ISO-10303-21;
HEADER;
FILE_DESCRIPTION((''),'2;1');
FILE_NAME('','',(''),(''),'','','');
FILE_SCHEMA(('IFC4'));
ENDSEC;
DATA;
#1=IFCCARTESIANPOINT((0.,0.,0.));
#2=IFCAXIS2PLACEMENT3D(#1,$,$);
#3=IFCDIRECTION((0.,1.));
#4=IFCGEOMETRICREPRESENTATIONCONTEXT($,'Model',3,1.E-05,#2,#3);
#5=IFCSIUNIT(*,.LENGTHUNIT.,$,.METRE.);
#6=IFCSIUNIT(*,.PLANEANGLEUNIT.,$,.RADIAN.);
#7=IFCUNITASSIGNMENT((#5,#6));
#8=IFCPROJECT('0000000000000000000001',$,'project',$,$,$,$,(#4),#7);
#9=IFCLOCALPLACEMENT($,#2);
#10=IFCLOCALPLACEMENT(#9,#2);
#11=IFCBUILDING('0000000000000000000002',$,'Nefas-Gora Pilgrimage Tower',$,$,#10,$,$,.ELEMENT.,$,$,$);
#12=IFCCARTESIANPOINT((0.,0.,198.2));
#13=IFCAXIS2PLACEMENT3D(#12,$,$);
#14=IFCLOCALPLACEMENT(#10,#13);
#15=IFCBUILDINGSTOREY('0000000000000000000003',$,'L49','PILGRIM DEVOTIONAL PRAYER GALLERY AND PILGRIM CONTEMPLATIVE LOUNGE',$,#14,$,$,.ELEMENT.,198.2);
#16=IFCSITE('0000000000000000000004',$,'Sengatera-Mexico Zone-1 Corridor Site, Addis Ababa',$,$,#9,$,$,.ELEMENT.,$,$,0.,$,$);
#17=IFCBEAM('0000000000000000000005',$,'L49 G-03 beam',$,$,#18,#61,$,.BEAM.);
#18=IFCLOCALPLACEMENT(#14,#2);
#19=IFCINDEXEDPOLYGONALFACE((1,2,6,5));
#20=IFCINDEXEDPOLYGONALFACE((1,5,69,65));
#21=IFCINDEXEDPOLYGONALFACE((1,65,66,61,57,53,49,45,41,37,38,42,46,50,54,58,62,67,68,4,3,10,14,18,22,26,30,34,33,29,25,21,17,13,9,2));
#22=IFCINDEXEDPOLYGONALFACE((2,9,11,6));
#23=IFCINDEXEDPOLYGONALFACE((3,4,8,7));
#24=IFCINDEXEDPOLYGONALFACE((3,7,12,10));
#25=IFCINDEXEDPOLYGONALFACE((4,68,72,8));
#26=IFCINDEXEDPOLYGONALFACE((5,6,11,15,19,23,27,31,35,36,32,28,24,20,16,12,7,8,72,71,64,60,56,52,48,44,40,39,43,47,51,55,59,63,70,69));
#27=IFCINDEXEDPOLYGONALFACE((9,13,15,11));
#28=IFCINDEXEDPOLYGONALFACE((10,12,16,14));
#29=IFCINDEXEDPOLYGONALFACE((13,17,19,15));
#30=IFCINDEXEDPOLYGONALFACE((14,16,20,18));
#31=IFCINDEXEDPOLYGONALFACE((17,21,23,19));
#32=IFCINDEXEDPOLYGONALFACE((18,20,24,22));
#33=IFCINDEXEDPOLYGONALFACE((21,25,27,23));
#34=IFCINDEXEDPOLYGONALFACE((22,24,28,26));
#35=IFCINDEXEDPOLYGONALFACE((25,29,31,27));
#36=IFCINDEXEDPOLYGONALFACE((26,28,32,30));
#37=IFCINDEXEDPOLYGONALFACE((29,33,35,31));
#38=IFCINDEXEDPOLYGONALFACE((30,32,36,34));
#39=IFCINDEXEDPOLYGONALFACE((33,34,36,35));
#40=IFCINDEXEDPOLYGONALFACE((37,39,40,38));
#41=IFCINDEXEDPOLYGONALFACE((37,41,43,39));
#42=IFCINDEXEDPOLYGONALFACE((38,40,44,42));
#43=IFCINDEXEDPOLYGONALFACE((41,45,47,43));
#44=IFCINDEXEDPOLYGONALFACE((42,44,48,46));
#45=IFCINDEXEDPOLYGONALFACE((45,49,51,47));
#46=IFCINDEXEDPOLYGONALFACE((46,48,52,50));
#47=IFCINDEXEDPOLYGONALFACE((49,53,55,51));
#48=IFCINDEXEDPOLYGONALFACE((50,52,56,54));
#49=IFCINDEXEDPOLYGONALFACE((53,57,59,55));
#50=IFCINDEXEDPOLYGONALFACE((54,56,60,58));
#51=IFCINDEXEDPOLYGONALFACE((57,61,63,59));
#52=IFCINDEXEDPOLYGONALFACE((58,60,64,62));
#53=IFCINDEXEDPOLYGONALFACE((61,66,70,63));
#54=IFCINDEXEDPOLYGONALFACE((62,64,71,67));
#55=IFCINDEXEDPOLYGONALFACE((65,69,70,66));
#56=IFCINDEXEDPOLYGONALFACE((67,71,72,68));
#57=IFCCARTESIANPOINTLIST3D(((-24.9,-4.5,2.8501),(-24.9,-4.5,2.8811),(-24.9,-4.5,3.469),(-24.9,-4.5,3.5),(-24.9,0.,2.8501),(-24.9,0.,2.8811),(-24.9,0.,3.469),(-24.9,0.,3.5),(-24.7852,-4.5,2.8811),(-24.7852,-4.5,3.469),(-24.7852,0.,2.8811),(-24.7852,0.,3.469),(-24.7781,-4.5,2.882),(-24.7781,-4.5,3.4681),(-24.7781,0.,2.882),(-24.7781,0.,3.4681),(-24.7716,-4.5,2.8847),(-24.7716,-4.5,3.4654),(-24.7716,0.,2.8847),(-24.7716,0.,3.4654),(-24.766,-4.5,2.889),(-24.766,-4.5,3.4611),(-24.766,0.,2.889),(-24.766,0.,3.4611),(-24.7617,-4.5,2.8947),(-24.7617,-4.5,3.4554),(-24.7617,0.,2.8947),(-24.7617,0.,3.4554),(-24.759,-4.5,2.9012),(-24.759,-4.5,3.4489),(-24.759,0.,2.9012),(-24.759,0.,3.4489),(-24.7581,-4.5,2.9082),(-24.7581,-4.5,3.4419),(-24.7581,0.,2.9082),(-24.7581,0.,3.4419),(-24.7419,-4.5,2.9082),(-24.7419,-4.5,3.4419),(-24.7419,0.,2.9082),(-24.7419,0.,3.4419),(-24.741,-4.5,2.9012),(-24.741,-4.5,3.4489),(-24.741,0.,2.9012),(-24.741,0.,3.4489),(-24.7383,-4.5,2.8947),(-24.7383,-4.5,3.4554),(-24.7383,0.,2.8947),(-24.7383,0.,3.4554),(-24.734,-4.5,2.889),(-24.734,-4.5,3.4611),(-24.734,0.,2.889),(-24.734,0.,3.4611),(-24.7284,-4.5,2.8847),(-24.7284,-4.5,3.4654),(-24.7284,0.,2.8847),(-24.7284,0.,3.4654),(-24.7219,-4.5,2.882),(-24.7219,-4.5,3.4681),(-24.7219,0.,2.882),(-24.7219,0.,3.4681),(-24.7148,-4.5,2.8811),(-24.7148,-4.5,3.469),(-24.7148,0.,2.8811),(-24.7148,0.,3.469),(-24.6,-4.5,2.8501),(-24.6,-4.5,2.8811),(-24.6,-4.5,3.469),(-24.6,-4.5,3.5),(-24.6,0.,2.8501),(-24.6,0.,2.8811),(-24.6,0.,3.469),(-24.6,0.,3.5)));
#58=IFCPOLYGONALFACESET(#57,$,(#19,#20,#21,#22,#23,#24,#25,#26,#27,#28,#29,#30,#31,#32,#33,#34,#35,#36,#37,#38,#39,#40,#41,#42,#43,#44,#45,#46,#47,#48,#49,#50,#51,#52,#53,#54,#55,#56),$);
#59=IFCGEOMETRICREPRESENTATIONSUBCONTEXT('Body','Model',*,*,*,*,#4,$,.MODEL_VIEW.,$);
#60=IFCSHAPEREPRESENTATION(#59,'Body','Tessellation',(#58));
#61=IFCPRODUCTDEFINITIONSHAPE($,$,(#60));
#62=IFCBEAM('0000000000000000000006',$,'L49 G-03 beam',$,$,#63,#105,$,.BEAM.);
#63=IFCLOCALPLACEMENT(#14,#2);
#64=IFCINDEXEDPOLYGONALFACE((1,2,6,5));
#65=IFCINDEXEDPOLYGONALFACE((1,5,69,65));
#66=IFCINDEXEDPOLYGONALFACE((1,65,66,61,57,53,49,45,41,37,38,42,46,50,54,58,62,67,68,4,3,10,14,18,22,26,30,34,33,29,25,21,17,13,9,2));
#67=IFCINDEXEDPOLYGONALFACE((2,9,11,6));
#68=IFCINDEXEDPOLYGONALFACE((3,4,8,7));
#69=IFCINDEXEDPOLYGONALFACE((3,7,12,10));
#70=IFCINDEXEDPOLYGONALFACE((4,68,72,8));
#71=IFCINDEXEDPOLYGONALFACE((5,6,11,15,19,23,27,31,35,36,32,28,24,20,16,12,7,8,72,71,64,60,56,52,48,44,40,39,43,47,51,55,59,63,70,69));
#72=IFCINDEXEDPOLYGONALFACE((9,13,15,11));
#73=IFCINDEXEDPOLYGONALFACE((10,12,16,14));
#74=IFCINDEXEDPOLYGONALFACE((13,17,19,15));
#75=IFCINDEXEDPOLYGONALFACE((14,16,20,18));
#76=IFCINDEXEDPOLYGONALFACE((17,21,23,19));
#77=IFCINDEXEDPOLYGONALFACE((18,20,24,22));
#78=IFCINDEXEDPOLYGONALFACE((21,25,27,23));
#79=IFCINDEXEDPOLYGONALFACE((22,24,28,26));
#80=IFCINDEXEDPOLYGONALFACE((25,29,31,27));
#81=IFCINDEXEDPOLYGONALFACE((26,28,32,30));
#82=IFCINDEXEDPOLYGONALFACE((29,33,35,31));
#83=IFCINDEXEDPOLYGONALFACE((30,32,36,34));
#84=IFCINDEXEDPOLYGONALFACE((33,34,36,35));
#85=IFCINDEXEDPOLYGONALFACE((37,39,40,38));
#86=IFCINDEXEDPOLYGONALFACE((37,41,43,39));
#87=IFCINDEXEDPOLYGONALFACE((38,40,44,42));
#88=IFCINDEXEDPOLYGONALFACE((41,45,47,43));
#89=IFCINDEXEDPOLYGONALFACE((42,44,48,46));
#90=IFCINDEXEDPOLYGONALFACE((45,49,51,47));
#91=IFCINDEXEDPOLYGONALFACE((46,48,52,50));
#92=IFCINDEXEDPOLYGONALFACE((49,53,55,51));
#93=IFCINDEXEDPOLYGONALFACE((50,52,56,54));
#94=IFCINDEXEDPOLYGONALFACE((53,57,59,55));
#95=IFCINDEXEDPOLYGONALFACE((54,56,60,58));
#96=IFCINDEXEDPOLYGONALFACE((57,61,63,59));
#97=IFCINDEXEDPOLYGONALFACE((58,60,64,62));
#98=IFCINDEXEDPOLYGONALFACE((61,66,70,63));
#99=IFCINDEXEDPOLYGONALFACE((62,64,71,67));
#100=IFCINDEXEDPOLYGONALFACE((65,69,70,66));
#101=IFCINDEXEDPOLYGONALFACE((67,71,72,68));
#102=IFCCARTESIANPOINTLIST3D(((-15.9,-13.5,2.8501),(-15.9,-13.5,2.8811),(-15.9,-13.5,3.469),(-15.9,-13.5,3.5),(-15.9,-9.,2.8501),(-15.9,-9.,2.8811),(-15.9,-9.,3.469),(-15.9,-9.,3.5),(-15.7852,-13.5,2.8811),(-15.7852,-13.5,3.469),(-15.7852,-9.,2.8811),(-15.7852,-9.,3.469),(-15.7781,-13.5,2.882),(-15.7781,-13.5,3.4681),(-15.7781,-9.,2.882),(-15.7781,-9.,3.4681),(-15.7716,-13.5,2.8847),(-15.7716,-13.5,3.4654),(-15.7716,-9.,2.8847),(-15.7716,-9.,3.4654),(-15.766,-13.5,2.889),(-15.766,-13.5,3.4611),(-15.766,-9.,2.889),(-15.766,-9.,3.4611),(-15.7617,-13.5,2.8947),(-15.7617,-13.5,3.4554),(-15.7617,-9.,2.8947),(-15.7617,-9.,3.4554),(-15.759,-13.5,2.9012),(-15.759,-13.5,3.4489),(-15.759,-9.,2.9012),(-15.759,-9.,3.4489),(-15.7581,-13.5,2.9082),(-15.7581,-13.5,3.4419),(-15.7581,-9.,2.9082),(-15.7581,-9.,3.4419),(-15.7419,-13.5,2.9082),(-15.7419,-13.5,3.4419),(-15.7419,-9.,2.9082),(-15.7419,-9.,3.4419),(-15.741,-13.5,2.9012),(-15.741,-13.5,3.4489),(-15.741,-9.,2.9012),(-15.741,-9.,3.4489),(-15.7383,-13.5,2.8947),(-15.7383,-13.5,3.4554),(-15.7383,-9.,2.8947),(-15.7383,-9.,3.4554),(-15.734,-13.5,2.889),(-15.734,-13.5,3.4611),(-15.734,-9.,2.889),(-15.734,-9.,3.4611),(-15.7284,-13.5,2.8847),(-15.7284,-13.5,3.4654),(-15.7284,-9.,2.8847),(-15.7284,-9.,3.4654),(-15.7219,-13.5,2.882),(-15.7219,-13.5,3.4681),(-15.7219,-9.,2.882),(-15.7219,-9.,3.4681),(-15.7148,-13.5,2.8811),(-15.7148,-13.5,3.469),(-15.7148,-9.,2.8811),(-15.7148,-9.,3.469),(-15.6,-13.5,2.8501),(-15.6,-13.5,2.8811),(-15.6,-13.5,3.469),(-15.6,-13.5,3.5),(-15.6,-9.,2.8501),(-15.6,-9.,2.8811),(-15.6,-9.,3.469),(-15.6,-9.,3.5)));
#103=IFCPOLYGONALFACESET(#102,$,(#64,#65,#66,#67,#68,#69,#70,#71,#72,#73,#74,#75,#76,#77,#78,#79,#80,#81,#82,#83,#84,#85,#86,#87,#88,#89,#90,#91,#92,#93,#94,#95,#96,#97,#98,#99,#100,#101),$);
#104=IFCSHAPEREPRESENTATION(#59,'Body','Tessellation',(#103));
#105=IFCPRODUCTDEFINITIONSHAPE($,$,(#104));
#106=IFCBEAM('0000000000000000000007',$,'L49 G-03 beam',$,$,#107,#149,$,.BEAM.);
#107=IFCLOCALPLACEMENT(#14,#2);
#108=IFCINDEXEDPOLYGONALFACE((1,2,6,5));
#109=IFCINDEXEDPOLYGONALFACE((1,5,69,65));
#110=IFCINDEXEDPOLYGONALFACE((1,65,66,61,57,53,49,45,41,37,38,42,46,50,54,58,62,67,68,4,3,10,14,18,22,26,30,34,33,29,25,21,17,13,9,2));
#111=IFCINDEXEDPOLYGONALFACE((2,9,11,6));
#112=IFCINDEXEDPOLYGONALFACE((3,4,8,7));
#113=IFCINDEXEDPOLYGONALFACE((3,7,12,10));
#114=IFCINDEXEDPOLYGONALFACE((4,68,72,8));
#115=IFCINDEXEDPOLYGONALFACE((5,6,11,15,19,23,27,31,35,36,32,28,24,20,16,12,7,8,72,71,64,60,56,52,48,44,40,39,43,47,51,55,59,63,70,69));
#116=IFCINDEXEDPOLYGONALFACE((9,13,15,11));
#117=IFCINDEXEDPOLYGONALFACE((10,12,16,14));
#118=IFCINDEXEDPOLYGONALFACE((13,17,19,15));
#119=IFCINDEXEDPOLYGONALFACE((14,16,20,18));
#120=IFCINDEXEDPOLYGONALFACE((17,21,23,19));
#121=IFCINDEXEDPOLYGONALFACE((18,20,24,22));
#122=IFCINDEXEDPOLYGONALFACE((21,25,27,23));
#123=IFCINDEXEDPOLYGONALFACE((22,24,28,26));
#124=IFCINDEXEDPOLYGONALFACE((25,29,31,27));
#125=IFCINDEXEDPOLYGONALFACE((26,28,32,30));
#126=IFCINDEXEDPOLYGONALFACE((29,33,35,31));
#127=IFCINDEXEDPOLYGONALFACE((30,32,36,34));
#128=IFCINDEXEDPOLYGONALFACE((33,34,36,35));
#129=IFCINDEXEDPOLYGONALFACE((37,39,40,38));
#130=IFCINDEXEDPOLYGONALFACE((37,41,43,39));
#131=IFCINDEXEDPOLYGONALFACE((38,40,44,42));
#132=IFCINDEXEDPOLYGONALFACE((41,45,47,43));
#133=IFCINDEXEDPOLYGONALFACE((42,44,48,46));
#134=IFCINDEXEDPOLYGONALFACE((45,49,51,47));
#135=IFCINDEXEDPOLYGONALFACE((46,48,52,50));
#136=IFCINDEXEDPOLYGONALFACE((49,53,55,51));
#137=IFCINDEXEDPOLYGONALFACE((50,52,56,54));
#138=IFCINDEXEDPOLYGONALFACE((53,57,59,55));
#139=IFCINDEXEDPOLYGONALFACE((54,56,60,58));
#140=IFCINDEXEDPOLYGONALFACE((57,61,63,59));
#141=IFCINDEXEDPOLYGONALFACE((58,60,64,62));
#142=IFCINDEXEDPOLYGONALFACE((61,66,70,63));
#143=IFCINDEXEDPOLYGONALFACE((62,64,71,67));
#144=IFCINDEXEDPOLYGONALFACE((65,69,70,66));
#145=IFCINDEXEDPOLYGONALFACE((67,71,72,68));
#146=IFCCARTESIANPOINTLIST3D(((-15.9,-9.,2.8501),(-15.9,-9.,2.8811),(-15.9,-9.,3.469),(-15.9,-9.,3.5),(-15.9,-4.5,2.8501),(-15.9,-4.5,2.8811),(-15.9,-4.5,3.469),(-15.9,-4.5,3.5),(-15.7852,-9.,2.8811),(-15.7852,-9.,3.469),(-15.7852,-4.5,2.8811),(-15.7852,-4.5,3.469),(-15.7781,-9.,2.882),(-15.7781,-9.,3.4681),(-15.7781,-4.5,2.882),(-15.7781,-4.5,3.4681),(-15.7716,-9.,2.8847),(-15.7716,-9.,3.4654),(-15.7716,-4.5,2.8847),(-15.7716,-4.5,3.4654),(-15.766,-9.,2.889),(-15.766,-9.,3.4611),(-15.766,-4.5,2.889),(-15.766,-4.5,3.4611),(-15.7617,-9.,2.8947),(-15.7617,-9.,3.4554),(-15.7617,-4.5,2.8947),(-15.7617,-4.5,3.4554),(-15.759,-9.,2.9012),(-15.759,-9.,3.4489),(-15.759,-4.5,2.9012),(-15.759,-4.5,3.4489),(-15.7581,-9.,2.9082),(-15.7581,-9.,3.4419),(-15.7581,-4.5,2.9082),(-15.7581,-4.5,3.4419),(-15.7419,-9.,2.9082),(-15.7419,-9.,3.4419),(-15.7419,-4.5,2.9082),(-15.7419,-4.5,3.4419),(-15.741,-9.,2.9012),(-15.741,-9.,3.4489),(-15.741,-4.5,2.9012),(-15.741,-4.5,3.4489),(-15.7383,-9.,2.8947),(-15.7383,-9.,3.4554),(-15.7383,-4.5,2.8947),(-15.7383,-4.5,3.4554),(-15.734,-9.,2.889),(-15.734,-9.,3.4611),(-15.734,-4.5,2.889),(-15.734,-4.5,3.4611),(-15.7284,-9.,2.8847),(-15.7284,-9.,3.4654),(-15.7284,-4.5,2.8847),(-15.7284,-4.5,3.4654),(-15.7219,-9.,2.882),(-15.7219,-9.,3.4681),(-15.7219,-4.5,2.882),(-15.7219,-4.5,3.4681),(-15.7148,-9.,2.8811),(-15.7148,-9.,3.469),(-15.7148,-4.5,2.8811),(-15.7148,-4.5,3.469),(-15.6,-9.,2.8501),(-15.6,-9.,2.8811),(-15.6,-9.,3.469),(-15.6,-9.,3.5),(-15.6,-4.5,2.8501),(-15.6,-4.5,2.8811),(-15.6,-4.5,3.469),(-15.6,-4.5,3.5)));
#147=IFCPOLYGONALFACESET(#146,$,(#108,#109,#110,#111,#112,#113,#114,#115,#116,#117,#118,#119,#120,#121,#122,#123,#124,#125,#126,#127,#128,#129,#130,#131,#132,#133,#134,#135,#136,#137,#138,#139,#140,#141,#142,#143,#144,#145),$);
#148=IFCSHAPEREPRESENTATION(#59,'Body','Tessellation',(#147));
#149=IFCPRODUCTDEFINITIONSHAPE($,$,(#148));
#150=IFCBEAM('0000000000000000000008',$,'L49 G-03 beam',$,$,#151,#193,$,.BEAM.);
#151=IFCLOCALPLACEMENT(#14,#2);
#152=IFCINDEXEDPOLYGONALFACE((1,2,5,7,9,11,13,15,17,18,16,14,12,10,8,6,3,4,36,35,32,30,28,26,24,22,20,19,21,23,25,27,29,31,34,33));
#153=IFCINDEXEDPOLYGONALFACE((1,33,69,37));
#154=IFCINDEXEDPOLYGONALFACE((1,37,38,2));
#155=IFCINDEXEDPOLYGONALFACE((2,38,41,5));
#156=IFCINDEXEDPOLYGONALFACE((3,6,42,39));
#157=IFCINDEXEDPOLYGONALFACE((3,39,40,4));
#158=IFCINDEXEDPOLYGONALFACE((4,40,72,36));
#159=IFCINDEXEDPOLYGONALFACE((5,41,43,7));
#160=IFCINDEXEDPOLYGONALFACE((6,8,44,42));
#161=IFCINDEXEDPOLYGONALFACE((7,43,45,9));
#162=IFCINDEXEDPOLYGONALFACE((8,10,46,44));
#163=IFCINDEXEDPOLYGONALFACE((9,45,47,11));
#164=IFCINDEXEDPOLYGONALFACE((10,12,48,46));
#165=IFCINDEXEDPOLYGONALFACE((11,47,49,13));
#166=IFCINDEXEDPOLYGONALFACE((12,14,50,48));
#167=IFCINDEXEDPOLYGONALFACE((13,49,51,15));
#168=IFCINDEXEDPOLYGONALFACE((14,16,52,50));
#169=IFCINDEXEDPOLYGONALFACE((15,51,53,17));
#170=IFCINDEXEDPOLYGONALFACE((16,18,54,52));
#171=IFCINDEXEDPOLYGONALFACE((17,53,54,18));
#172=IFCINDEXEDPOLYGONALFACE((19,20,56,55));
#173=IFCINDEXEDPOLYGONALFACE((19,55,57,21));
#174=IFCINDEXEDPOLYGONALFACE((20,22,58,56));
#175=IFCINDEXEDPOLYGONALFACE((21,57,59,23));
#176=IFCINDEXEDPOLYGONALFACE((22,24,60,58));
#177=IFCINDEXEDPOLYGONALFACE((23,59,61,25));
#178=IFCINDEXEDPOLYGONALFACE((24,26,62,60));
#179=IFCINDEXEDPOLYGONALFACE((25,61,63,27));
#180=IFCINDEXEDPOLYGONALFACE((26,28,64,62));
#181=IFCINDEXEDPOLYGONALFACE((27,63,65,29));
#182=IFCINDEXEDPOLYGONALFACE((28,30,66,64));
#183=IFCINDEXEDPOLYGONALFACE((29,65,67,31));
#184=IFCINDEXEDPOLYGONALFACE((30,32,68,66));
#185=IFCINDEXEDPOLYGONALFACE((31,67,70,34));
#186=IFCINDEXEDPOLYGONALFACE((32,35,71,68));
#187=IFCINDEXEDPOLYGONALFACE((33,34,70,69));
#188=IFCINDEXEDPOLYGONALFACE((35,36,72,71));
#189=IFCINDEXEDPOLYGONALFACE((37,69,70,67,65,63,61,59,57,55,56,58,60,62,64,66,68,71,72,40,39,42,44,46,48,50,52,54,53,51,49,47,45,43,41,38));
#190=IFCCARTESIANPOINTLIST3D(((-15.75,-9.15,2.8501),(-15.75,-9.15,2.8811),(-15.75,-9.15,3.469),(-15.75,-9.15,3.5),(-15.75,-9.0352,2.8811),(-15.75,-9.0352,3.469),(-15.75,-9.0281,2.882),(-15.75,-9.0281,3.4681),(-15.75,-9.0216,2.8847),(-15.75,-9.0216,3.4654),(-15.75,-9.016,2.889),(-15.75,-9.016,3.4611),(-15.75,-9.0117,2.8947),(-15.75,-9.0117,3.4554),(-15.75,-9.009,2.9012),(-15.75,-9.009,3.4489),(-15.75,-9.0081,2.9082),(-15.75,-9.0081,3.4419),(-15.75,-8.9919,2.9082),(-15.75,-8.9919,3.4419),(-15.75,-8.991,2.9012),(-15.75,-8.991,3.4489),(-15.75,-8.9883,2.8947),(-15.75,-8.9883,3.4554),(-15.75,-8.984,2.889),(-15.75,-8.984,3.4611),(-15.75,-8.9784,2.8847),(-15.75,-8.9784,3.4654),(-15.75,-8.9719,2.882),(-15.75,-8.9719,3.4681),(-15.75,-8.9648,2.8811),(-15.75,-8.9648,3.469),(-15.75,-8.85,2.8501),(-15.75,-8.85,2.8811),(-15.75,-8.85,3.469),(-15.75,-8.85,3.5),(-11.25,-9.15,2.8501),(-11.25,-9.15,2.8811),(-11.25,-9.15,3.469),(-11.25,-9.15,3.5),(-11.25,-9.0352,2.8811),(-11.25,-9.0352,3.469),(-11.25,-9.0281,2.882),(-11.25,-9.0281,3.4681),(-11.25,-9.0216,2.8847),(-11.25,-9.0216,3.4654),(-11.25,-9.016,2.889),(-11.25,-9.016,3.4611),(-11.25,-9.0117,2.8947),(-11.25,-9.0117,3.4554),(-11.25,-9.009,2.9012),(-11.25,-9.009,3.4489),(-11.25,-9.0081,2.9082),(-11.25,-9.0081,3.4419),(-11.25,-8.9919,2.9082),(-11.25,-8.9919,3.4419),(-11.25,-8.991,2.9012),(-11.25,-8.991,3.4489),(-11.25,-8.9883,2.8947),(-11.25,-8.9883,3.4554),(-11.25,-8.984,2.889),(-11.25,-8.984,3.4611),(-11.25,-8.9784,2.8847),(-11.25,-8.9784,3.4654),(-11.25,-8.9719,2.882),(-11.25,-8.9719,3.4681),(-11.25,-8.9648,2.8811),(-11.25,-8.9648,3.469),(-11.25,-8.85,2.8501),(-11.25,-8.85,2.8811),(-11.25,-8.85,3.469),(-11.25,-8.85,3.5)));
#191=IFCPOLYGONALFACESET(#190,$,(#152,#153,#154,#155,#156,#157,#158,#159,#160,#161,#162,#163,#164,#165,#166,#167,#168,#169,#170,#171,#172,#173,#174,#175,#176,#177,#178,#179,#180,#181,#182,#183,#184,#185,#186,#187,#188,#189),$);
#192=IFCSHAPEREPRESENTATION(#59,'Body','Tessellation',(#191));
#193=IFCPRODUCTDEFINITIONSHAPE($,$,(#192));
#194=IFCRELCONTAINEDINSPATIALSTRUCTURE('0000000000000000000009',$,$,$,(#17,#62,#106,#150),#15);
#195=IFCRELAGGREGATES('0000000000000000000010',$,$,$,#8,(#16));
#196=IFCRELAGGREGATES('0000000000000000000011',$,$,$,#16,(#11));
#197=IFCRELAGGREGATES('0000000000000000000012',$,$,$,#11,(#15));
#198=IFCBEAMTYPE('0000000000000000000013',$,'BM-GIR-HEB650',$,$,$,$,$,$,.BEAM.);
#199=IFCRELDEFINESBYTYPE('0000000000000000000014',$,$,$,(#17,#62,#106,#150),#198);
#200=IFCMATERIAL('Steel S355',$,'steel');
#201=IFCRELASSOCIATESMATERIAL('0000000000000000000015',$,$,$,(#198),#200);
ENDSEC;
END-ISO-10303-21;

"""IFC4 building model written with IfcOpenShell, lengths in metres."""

from ifc_helpers import new_model, si_unit, direction, frame, origin, origin_2d, place, context, subcontext, project, spatial, i_section, extrude, source, transform, mapped, material, material_profile, profile_set, type_object, element, save


model = new_model("IFC4")

# Units and contexts
model_context = context("Model", 3, precision=1e-05, world=origin(), true_north=direction((0.0, 1.0)))
body_context = subcontext(model_context, "Body", "Model", "MODEL_VIEW")
ifc_project = project(units=[si_unit("LENGTHUNIT", "METRE"), si_unit("PLANEANGLEUNIT", "RADIAN")], contexts=[model_context])

# Site, building, storey
site_placement = place(None, origin())
site = spatial("IfcSite", under=ifc_project, at=site_placement, Name="Sengatera-Mexico Zone-1 Corridor Site, Addis Ababa", CompositionType="ELEMENT", RefElevation=0.0)
building_placement = place(site_placement, origin())
building = spatial("IfcBuilding", under=site, at=building_placement, Name="Nefas-Gora Pilgrimage Tower", CompositionType="ELEMENT")
storey_placement = place(building_placement, frame((0.0, 0.0, 198.2)))
storey = spatial("IfcBuildingStorey", under=building, at=storey_placement, Name="L49", Description="PILGRIM DEVOTIONAL PRAYER GALLERY AND PILGRIM CONTEMPLATIVE LOUNGE", CompositionType="ELEMENT", Elevation=198.2)

# Beams
ifc_material_1 = material(Name="Steel S355", Category="steel")
ifc_material_profile_1 = material_profile(ifc_material_1, i_section(OverallWidth=0.3, OverallDepth=0.6499, WebThickness=0.0161, FlangeThickness=0.031, FilletRadius=0.0271, at=origin_2d()), Name="HEB 650")
ifc_profile_set_1 = profile_set([ifc_material_profile_1], Name="Steel S355")
beam_type = type_object("IfcBeamType", Name="BM-GIR-HEB650", PredefinedType="BEAM", material=ifc_profile_set_1)
shared_shape_1 = source(origin(), body_context, "Body", "SweptSolid", [
    extrude(i_section(OverallWidth=0.3, OverallDepth=0.6499, WebThickness=0.0161, FlangeThickness=0.031, FilletRadius=0.0271, at=origin_2d()), origin(), (0.0, 0.0, 1.0), 4.5),
])
for number, where, z_axis, x_axis, name in (
    (1, (-24.75, -4.5, 3.175), (0.0, 1.0, 0.0), (-1.0, 0.0, 0.0), "L49 G-03 beam"),
    (2, (-15.75, -13.5, 3.175), (0.0, 1.0, 0.0), (-1.0, 0.0, 0.0), "L49 G-03 beam"),
    (3, (-15.75, -9.0, 3.175), (0.0, 1.0, 0.0), (-1.0, 0.0, 0.0), "L49 G-03 beam"),
    (4, (-15.75, -9.0, 3.175), (1.0, 0.0, 0.0), (0.0, 1.0, 0.0), "L49 G-03 beam"),
):
    element("IfcBeam", number, at=place(storey_placement, frame(where, z_axis=z_axis, x_axis=x_axis)), inside=storey, type_object=beam_type, Name=name, PredefinedType="BEAM", context=body_context, shape_type="MappedRepresentation", body=[
        mapped(shared_shape_1, transform((0.0, 0.0, 0.0), x_axis=(1.0, 0.0, 0.0), y_axis=(0.0, 1.0, 0.0), z_axis=(0.0, 0.0, 1.0), scale=1.0)),
    ])

save(model, "model.ifc")
